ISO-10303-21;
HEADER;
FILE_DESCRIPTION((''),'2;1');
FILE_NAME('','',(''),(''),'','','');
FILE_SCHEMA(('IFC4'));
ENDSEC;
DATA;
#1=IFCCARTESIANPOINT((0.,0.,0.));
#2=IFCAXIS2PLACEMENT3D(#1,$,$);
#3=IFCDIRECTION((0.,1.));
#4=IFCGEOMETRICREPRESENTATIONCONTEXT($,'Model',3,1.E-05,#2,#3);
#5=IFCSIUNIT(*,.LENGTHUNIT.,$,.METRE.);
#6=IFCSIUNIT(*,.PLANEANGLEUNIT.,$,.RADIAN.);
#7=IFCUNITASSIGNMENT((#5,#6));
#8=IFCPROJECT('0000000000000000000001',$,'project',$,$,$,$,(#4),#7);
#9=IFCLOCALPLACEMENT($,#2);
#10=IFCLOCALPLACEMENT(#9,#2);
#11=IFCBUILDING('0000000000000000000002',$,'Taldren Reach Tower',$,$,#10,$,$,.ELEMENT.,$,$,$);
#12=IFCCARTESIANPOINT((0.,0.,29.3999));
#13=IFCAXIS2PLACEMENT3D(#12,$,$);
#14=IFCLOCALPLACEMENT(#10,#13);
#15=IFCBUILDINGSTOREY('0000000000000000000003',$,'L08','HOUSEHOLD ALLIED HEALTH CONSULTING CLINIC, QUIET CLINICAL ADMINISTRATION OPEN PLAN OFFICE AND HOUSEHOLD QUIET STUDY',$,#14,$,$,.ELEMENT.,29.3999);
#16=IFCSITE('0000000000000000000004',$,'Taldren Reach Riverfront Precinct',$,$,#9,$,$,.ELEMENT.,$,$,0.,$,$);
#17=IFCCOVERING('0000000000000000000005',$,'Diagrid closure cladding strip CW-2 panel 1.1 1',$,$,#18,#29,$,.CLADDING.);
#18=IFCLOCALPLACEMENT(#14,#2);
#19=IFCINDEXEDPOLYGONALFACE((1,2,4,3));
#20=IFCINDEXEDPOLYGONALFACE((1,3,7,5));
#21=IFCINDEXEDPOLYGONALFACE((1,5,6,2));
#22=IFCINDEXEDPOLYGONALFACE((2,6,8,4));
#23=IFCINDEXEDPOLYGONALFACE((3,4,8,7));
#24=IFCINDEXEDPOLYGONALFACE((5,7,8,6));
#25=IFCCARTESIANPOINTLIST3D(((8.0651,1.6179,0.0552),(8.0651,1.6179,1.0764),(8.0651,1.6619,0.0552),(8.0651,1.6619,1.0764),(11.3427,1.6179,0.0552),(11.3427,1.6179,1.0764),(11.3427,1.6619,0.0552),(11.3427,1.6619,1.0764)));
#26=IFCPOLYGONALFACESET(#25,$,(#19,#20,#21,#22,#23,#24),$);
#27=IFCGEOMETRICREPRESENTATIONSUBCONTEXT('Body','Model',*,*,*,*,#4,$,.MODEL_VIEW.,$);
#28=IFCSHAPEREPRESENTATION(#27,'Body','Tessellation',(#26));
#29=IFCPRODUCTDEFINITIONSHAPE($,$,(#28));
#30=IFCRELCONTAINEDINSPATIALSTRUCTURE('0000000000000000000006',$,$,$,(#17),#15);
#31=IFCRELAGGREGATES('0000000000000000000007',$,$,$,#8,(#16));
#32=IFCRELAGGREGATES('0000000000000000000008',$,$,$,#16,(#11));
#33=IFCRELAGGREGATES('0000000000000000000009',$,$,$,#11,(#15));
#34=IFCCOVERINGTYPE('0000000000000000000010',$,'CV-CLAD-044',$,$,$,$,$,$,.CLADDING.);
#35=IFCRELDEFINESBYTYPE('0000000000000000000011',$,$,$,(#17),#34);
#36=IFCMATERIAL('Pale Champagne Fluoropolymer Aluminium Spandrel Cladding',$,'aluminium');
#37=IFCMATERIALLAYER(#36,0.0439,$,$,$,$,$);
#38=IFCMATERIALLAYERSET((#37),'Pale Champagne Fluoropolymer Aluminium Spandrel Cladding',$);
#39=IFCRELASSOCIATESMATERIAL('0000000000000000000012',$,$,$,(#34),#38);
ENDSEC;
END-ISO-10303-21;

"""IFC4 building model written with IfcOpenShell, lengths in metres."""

from ifc_helpers import new_model, si_unit, direction, frame, origin, origin_2d, place, context, subcontext, project, spatial, rectangle, extrude, source, transform, mapped, material, layer, layer_set, type_object, element, save


model = new_model("IFC4")

# Units and contexts
model_context = context("Model", 3, precision=1e-05, world=origin(), true_north=direction((0.0, 1.0)))
body_context = subcontext(model_context, "Body", "Model", "MODEL_VIEW")
ifc_project = project(units=[si_unit("LENGTHUNIT", "METRE"), si_unit("PLANEANGLEUNIT", "RADIAN")], contexts=[model_context])

# Site, building, storey
site_placement = place(None, origin())
site = spatial("IfcSite", under=ifc_project, at=site_placement, Name="Taldren Reach Riverfront Precinct", CompositionType="ELEMENT", RefElevation=0.0)
building_placement = place(site_placement, origin())
building = spatial("IfcBuilding", under=site, at=building_placement, Name="Taldren Reach Tower", CompositionType="ELEMENT")
storey_placement = place(building_placement, frame((0.0, 0.0, 29.3999)))
storey = spatial("IfcBuildingStorey", under=building, at=storey_placement, Name="L08", Description="HOUSEHOLD ALLIED HEALTH CONSULTING CLINIC, QUIET CLINICAL ADMINISTRATION OPEN PLAN OFFICE AND HOUSEHOLD QUIET STUDY", CompositionType="ELEMENT", Elevation=29.3999)

# Covering
ifc_material_1 = material(Name="Pale Champagne Fluoropolymer Aluminium Spandrel Cladding", Category="aluminium")
ifc_layer_1 = layer(ifc_material_1, 0.0439)
ifc_layer_set_1 = layer_set([ifc_layer_1], Name="Pale Champagne Fluoropolymer Aluminium Spandrel Cladding")
covering_type = type_object("IfcCoveringType", Name="CV-CLAD-044", PredefinedType="CLADDING", material=ifc_layer_set_1)
shared_shape_1 = source(origin(), body_context, "Body", "SweptSolid", [
    extrude(rectangle(XDim=3.2776, YDim=0.0439, at=origin_2d()), origin(), (0.0, 0.0, 1.0), 1.0212),
])
covering_1_placement = place(storey_placement, frame((9.7039, 1.6399, 0.0552), z_axis=(0.0, 0.0, 1.0), x_axis=(1.0, 0.0, 0.0)))
element("IfcCovering", 1, at=covering_1_placement, inside=storey, type_object=covering_type, Name="Diagrid closure cladding strip CW-2 panel 1.1 1", PredefinedType="CLADDING", context=body_context, shape_type="MappedRepresentation", body=[
    mapped(shared_shape_1, transform((0.0, 0.0, 0.0), scale=1.0)),
])

save(model, "model.ifc")
